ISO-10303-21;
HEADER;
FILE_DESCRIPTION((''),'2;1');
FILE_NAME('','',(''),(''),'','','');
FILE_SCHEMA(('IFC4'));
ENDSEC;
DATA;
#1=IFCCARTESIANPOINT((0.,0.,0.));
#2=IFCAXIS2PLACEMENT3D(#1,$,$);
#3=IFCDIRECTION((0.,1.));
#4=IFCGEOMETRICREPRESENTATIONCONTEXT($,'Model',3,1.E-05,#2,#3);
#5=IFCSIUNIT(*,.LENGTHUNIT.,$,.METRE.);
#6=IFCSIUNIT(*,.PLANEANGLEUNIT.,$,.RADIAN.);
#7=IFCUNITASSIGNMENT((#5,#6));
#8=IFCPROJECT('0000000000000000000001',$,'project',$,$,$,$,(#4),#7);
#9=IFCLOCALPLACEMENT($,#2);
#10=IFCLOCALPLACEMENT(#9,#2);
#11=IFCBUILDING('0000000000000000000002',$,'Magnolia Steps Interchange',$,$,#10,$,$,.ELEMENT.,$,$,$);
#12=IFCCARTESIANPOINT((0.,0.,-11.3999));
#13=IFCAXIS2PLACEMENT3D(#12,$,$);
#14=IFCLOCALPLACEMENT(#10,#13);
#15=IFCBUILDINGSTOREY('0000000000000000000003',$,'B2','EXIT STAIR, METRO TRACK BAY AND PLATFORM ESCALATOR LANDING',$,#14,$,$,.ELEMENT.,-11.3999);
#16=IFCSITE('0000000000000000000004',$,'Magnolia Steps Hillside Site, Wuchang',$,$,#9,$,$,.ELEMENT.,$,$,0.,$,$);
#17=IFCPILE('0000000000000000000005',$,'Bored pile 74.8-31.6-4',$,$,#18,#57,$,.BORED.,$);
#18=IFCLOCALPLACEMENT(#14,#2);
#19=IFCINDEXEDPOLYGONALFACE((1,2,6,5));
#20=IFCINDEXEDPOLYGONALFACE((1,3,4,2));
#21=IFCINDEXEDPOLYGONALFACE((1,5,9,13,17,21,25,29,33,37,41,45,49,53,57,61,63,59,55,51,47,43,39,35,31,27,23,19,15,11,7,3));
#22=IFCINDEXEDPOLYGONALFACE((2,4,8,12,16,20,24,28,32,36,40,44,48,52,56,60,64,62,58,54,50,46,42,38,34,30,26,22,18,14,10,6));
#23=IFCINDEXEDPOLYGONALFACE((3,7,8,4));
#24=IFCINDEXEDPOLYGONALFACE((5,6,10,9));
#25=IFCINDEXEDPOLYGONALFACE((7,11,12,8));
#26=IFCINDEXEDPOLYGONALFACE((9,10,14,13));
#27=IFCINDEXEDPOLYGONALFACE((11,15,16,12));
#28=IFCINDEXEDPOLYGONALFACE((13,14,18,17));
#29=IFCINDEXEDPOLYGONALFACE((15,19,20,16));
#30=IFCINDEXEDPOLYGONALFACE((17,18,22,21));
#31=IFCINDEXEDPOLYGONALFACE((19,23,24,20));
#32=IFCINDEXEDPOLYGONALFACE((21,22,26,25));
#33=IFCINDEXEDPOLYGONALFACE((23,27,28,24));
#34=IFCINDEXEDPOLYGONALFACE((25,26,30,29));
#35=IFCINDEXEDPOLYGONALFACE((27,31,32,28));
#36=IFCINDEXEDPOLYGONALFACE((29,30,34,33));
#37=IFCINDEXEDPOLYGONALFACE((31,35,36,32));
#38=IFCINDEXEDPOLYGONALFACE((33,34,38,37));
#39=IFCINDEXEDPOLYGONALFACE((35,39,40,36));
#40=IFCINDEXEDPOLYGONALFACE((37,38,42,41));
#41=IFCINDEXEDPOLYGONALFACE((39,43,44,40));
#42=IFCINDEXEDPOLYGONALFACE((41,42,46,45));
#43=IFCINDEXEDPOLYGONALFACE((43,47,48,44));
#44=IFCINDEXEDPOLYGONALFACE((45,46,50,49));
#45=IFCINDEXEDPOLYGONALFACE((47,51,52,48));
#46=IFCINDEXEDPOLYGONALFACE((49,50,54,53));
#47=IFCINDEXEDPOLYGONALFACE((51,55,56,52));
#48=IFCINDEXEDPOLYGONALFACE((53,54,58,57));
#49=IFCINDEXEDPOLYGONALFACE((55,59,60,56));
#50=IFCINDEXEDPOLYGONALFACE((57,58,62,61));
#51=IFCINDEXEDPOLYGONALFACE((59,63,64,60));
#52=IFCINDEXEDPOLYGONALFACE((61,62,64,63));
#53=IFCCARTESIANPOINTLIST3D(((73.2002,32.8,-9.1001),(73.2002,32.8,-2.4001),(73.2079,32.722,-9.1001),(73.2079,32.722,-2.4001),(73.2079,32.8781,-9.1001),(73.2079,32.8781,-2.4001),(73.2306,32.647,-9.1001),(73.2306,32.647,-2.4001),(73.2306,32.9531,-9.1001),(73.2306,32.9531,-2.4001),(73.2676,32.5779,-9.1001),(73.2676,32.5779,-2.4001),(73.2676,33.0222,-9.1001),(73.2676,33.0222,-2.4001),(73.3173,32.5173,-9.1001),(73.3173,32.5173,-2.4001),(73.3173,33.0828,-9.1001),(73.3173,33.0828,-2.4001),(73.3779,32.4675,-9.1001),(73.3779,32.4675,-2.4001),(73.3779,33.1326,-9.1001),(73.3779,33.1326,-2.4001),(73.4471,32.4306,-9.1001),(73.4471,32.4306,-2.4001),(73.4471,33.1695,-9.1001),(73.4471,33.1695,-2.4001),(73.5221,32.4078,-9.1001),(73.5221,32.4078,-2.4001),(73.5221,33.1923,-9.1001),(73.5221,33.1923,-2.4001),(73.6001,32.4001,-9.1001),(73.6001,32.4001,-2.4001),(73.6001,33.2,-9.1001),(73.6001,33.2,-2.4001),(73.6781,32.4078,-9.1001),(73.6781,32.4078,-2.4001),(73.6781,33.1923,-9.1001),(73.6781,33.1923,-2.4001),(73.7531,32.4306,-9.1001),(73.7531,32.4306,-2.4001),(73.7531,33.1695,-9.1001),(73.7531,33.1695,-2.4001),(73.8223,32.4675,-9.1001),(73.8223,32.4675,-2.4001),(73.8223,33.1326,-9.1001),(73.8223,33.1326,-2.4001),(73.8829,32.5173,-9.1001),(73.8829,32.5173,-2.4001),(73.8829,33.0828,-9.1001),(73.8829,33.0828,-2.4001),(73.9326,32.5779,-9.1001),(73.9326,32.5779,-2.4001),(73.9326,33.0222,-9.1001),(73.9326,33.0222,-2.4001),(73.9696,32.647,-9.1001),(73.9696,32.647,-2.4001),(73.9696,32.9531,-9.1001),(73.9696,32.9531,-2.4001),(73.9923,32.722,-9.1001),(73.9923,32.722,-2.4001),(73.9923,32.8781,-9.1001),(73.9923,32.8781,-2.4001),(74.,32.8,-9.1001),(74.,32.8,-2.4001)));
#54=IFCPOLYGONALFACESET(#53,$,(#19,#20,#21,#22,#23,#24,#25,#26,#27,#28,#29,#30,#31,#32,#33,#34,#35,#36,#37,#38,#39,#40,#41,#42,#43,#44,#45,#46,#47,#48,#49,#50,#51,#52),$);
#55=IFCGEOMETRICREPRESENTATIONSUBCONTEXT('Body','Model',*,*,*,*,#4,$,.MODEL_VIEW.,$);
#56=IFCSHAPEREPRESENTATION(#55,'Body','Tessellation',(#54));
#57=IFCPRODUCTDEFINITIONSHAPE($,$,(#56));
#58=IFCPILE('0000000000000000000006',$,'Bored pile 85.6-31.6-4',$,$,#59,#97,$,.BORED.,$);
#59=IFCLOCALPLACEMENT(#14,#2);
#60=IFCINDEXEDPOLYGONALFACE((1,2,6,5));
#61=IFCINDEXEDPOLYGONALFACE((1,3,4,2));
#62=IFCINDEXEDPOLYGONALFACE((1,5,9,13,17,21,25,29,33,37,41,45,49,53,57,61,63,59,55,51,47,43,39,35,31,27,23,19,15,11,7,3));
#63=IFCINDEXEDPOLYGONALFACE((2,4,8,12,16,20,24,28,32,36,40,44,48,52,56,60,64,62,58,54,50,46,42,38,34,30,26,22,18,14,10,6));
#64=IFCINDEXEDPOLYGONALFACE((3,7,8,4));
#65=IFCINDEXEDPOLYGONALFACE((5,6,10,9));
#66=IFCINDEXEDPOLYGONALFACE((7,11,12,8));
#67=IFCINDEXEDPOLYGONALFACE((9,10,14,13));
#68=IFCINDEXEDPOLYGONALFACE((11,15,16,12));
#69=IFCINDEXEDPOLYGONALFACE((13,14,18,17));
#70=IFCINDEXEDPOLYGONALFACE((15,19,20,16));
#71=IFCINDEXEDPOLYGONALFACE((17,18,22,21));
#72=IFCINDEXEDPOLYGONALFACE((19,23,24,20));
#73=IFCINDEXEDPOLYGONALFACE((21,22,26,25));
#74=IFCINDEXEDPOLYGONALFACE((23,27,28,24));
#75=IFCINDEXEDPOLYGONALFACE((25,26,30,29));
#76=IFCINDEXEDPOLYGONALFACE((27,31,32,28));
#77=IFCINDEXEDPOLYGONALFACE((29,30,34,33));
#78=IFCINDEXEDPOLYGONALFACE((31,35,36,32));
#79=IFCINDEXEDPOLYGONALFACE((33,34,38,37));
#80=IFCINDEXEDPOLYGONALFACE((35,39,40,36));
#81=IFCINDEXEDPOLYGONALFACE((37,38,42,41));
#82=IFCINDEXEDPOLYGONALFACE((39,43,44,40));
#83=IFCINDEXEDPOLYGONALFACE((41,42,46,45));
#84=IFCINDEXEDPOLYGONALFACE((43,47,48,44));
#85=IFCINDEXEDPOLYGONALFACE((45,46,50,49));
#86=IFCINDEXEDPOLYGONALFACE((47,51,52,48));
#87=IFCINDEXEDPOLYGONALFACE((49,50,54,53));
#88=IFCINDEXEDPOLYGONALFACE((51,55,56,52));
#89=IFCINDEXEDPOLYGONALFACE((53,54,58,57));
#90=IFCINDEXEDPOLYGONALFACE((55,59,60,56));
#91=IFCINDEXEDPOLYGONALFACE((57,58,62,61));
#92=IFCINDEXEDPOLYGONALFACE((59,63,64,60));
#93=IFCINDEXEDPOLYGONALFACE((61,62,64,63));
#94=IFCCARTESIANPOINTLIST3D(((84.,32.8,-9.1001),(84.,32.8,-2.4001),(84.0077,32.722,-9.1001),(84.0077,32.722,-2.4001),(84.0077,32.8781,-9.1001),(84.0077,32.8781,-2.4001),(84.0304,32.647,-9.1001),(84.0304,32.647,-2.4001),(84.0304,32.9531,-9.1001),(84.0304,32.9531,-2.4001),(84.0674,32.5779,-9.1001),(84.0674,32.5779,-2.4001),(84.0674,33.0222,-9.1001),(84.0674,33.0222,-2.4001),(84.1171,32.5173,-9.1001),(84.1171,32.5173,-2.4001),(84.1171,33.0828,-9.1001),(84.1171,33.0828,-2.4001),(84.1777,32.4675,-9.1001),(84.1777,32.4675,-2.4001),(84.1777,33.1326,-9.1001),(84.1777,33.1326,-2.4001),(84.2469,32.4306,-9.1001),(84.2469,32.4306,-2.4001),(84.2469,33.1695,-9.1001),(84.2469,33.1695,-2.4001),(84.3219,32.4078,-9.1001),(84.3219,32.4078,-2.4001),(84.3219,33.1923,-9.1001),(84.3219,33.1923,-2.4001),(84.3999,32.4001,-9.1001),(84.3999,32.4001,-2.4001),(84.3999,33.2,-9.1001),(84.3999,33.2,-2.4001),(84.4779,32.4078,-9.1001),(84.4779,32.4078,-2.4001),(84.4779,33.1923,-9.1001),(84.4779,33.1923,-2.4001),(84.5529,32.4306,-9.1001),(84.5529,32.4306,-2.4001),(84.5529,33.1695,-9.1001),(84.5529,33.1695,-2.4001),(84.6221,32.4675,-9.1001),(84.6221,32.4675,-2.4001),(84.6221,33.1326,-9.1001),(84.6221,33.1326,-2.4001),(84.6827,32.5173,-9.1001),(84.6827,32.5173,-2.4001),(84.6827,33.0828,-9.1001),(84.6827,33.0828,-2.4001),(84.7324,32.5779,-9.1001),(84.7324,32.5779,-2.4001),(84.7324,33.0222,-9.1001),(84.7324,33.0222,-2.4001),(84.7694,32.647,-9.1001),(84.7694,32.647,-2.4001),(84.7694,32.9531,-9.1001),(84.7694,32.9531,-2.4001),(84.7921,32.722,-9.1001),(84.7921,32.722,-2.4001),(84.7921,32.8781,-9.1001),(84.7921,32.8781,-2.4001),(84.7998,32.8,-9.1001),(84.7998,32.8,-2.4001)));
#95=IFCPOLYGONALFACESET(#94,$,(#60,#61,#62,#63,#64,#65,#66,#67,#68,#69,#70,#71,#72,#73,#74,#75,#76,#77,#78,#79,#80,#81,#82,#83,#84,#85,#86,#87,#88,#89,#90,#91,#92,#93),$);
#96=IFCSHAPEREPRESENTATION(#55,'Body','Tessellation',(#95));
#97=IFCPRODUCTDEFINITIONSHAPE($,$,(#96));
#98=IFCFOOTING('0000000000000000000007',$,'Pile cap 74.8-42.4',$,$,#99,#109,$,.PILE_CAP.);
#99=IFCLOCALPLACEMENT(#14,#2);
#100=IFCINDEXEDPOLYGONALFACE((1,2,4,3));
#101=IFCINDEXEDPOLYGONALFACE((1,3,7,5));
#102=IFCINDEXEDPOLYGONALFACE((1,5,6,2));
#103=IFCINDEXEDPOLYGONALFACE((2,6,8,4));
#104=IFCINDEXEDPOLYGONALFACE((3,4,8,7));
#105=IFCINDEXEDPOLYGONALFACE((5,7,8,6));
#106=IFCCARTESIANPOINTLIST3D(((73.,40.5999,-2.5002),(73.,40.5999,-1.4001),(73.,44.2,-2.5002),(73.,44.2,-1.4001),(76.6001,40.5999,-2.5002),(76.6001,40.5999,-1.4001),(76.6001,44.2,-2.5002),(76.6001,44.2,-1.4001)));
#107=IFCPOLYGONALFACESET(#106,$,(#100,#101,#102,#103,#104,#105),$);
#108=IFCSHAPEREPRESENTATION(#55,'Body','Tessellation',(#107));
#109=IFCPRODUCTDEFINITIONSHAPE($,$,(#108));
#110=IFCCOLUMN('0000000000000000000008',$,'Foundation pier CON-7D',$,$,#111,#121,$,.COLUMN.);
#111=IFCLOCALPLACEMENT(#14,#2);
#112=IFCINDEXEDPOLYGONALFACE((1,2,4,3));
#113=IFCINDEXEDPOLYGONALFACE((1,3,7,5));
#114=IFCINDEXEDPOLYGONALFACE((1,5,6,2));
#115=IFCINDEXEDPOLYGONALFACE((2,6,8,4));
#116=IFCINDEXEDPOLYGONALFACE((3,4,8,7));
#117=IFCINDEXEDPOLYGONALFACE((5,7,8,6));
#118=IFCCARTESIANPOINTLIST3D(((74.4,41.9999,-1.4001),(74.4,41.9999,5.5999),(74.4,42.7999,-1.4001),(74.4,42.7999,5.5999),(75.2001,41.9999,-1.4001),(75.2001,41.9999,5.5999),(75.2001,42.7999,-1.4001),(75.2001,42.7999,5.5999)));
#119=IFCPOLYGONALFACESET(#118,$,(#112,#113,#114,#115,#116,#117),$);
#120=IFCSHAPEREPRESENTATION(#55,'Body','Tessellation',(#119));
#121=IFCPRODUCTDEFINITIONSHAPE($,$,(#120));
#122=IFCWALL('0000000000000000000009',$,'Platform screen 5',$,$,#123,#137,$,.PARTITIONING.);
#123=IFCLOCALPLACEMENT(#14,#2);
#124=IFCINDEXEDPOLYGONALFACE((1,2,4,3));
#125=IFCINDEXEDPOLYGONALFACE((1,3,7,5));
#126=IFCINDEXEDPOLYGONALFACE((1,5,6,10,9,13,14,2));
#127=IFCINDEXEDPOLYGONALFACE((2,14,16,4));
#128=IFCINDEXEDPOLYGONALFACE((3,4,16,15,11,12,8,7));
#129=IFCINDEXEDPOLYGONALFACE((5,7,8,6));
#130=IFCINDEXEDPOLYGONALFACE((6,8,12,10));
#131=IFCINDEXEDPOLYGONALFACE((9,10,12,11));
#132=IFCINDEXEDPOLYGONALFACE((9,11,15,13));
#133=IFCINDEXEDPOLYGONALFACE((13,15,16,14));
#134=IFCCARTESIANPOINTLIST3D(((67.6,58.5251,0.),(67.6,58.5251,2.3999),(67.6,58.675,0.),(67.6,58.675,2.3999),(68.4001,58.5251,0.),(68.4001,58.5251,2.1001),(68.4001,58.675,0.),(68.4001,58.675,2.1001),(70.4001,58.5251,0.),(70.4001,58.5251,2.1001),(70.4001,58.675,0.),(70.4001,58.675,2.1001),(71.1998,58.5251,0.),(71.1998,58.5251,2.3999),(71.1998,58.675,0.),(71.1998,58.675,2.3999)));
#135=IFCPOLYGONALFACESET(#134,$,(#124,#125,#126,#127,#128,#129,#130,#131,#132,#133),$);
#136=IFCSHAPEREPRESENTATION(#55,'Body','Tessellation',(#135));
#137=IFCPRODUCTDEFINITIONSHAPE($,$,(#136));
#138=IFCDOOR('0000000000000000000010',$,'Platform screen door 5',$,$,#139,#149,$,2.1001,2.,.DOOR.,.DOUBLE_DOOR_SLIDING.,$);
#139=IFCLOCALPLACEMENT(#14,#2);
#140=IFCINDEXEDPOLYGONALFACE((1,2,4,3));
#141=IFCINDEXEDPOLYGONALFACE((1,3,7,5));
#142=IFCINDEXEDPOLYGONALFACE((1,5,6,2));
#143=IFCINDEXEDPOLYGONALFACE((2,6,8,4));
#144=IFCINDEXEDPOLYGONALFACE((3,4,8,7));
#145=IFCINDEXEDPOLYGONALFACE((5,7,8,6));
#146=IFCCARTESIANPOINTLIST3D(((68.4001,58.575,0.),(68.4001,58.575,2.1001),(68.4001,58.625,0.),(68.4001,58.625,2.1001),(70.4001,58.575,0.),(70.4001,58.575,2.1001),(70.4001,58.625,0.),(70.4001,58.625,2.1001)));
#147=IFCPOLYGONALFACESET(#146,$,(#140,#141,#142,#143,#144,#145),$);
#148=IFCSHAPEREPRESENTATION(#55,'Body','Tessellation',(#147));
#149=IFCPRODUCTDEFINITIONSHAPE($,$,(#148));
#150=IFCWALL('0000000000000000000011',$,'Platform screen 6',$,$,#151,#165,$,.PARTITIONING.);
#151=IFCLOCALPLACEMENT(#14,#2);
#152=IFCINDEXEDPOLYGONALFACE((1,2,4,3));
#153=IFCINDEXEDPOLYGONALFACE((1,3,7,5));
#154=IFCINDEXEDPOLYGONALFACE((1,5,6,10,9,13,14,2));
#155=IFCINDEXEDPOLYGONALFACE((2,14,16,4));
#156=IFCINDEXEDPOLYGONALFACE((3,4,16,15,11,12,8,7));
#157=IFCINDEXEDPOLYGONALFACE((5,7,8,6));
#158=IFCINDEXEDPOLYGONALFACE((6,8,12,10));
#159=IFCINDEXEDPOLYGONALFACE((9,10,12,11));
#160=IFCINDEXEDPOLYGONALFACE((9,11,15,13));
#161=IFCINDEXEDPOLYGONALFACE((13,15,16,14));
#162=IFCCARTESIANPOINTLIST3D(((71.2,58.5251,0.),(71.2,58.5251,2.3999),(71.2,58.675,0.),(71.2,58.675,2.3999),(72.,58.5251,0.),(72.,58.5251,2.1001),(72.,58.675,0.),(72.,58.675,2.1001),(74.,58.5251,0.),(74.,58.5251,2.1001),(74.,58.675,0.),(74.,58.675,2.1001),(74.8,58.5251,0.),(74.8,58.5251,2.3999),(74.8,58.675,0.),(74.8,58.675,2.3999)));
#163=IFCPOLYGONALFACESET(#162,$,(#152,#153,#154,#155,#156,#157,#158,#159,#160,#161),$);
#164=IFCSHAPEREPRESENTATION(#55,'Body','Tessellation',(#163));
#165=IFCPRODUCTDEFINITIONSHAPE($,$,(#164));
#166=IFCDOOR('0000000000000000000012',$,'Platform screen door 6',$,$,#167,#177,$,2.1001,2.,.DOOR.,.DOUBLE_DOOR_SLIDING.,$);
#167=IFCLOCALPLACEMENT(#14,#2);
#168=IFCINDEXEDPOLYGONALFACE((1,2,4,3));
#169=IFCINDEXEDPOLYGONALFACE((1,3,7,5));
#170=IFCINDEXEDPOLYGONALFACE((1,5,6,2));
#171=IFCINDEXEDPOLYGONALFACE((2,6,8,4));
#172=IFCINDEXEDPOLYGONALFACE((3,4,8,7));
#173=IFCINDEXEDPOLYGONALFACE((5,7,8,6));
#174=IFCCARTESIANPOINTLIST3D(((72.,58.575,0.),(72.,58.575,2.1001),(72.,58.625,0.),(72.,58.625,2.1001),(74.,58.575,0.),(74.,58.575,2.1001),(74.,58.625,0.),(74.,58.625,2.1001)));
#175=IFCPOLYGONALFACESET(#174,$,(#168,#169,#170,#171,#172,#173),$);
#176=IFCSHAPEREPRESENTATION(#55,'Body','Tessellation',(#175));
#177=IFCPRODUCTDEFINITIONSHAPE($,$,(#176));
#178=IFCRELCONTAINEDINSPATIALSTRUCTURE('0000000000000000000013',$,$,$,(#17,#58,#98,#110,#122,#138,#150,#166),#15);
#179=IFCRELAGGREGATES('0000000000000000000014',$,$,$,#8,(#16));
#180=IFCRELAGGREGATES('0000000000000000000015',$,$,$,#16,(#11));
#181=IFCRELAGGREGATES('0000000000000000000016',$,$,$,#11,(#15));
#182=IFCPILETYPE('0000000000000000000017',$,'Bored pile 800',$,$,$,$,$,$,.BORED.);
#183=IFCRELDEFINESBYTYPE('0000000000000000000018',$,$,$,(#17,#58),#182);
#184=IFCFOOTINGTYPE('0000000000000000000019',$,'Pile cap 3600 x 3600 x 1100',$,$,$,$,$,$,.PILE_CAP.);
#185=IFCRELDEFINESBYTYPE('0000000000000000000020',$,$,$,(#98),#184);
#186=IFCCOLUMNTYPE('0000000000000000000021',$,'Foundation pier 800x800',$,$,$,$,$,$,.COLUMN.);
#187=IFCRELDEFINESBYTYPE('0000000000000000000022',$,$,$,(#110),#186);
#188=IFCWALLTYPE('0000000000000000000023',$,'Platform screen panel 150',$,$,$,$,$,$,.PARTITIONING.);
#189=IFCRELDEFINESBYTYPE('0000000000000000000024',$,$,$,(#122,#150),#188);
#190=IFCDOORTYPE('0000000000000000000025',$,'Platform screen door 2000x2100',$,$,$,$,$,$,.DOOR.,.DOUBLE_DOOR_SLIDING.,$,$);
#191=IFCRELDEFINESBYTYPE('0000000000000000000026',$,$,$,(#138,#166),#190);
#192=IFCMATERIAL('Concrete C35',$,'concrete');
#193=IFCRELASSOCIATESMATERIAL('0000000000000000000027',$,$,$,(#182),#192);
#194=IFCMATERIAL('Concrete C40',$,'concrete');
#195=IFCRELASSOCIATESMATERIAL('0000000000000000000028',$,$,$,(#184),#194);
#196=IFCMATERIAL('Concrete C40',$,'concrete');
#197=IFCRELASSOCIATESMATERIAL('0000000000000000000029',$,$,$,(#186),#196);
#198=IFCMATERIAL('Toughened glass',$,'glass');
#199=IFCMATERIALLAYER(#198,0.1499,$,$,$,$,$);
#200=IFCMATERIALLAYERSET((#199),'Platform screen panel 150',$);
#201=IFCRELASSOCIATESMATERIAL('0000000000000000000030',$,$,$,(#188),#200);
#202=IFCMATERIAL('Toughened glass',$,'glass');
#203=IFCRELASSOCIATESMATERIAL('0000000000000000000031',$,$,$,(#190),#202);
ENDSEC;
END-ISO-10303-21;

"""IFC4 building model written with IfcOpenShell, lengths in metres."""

from ifc_helpers import new_model, si_unit, direction, frame, frame_2d, origin, origin_2d, place, context, subcontext, project, spatial, rectangle, circle, extrude, material, layer, layer_set, material_profile, profile_set, type_object, element, fill, save


model = new_model("IFC4")

# Units and contexts
model_context = context("Model", 3, precision=1e-05, world=origin(), true_north=direction((0.0, 1.0)))
body_context = subcontext(model_context, "Body", "Model", "MODEL_VIEW")
ifc_project = project(units=[si_unit("LENGTHUNIT", "METRE"), si_unit("PLANEANGLEUNIT", "RADIAN")], contexts=[model_context])

# Site, building, storey
site_placement = place(None, origin())
site = spatial("IfcSite", under=ifc_project, at=site_placement, Name="Magnolia Steps Hillside Site, Wuchang", CompositionType="ELEMENT", RefElevation=0.0)
building_placement = place(site_placement, origin())
building = spatial("IfcBuilding", under=site, at=building_placement, Name="Magnolia Steps Interchange", CompositionType="ELEMENT")
storey_placement = place(building_placement, frame((0.0, 0.0, -11.3999)))
storey = spatial("IfcBuildingStorey", under=building, at=storey_placement, Name="B2", Description="EXIT STAIR, METRO TRACK BAY AND PLATFORM ESCALATOR LANDING", CompositionType="ELEMENT", Elevation=-11.3999)

# Piles
ifc_material_1 = material(Name="Concrete C35", Category="concrete")
ifc_material_profile_1 = material_profile(ifc_material_1, circle(Radius=0.3999, at=origin_2d()), Name="Bored pile 800")
ifc_profile_set_1 = profile_set([ifc_material_profile_1], Name="Concrete C35")
pile_type_1 = type_object("IfcPileType", Name="Bored pile 800", PredefinedType="BORED", material=ifc_profile_set_1)
for number, where, z_axis, x_axis, name in (
    (1, (73.6001, 32.8, -2.4001), (0.0, 0.0, -1.0), (1.0, 0.0, 0.0), "Bored pile 74.8-31.6-4"),
    (2, (84.3999, 32.8, -2.4001), (0.0, 0.0, -1.0), (1.0, 0.0, 0.0), "Bored pile 85.6-31.6-4"),
):
    element("IfcPile", number, at=place(storey_placement, frame(where, z_axis=z_axis, x_axis=x_axis)), inside=storey, type_object=pile_type_1, Name=name, PredefinedType="BORED", context=body_context, shape_type="SweptSolid", body=[
        extrude(circle(Radius=0.3999, at=origin_2d()), origin(), (0.0, 0.0, 1.0), 6.7),
    ])

# Footing
ifc_material_2 = material(Name="Concrete C40", Category="concrete")
footing_type = type_object("IfcFootingType", Name="Pile cap 3600 x 3600 x 1100", PredefinedType="PILE_CAP", material=ifc_material_2)
footing_placement = place(storey_placement, frame((74.8, 42.3999, -2.5002), z_axis=(0.0, 0.0, 1.0), x_axis=(1.0, 0.0, 0.0)))
element("IfcFooting", 3, at=footing_placement, inside=storey, type_object=footing_type, Name="Pile cap 74.8-42.4", PredefinedType="PILE_CAP", context=body_context, shape_type="SweptSolid", body=[
    extrude(rectangle(XDim=3.6001, YDim=3.6001, at=origin_2d()), origin(), (0.0, 0.0, 1.0), 1.1001),
])

# Column
ifc_material_3 = material(Name="Concrete C40", Category="concrete")
ifc_material_profile_2 = material_profile(ifc_material_3, rectangle(XDim=0.8, YDim=0.8, at=origin_2d()), Name="RC800x800")
ifc_profile_set_2 = profile_set([ifc_material_profile_2], Name="Concrete C40")
column_type = type_object("IfcColumnType", Name="Foundation pier 800x800", PredefinedType="COLUMN", material=ifc_profile_set_2)
column_placement = place(storey_placement, frame((74.8, 42.3999, -1.4001), z_axis=(0.0, 0.0, 1.0), x_axis=(1.0, 0.0, 0.0)))
element("IfcColumn", 4, at=column_placement, inside=storey, type_object=column_type, Name="Foundation pier CON-7D", PredefinedType="COLUMN", context=body_context, shape_type="SweptSolid", body=[
    extrude(rectangle(XDim=0.8, YDim=0.8, at=origin_2d()), origin(), (0.0, 0.0, 1.0), 7.0),
])

# Walls, openings, doors
ifc_material_4 = material(Name="Toughened glass", Category="glass")
ifc_layer = layer(ifc_material_4, 0.1499)
ifc_layer_set = layer_set([ifc_layer], Name="Platform screen panel 150")
wall_type = type_object("IfcWallType", Name="Platform screen panel 150", PredefinedType="PARTITIONING", material=ifc_layer_set)
wall_1_placement = place(storey_placement, frame((67.6001, 58.6001, 0.0), z_axis=(0.0, 0.0, 1.0), x_axis=(1.0, 0.0, 0.0)))
wall_1 = element("IfcWall", 5, at=wall_1_placement, inside=storey, type_object=wall_type, Name="Platform screen 5", PredefinedType="PARTITIONING", context=body_context, shape_type="SweptSolid", body=[
    extrude(rectangle(XDim=3.5999, YDim=0.1499, at=frame_2d((1.7998, 0.0))), origin(), (0.0, 0.0, 1.0), 2.3999),
])
opening_1_placement = place(wall_1_placement, frame((0.8, 0.0, 0.0)))
opening_1 = element("IfcOpeningElement", 6, at=opening_1_placement, cuts=wall_1, PredefinedType="OPENING", context=body_context, shape_type="SweptSolid", body=[
    extrude(rectangle(XDim=2.0, YDim=2.1001, at=frame_2d((1.0, 1.05))), frame((0.0, 0.085, 0.0), z_axis=(0.0, -1.0, 0.0), x_axis=(1.0, 0.0, 0.0)), (0.0, 0.0, 1.0), 0.1699),
])
ifc_material_5 = material(Name="Toughened glass", Category="glass")
door_type = type_object("IfcDoorType", Name="Platform screen door 2000x2100", OperationType="DOUBLE_DOOR_SLIDING", PredefinedType="DOOR", material=ifc_material_5)
door_1_placement = place(opening_1_placement, origin())
door_1 = element("IfcDoor", 7, at=door_1_placement, inside=storey, type_object=door_type, Name="Platform screen door 5", OperationType="DOUBLE_DOOR_SLIDING", OverallHeight=2.1001, OverallWidth=2.0, PredefinedType="DOOR", context=body_context, shape_type="SweptSolid", body=[
    extrude(rectangle(XDim=2.0, YDim=2.1001, at=frame_2d((1.0, 1.05))), frame((0.0, 0.0249, 0.0), z_axis=(0.0, -1.0, 0.0), x_axis=(1.0, 0.0, 0.0)), (0.0, 0.0, 1.0), 0.05),
])
fill(opening_1, door_1)
wall_2_placement = place(storey_placement, frame((71.2, 58.6001, 0.0), z_axis=(0.0, 0.0, 1.0), x_axis=(1.0, 0.0, 0.0)))
wall_2 = element("IfcWall", 8, at=wall_2_placement, inside=storey, type_object=wall_type, Name="Platform screen 6", PredefinedType="PARTITIONING", context=body_context, shape_type="SweptSolid", body=[
    extrude(rectangle(XDim=3.6001, YDim=0.1499, at=frame_2d((1.8, 0.0))), origin(), (0.0, 0.0, 1.0), 2.3999),
])
opening_2_placement = place(wall_2_placement, frame((0.8, 0.0, 0.0)))
opening_2 = element("IfcOpeningElement", 9, at=opening_2_placement, cuts=wall_2, PredefinedType="OPENING", context=body_context, shape_type="SweptSolid", body=[
    extrude(rectangle(XDim=2.0, YDim=2.1001, at=frame_2d((1.0, 1.05))), frame((0.0, 0.085, 0.0), z_axis=(0.0, -1.0, 0.0), x_axis=(1.0, 0.0, 0.0)), (0.0, 0.0, 1.0), 0.1699),
])
door_2_placement = place(opening_2_placement, origin())
door_2 = element("IfcDoor", 10, at=door_2_placement, inside=storey, type_object=door_type, Name="Platform screen door 6", OperationType="DOUBLE_DOOR_SLIDING", OverallHeight=2.1001, OverallWidth=2.0, PredefinedType="DOOR", context=body_context, shape_type="SweptSolid", body=[
    extrude(rectangle(XDim=2.0, YDim=2.1001, at=frame_2d((1.0, 1.05))), frame((0.0, 0.0249, 0.0), z_axis=(0.0, -1.0, 0.0), x_axis=(1.0, 0.0, 0.0)), (0.0, 0.0, 1.0), 0.05),
])
fill(opening_2, door_2)

save(model, "model.ifc")
